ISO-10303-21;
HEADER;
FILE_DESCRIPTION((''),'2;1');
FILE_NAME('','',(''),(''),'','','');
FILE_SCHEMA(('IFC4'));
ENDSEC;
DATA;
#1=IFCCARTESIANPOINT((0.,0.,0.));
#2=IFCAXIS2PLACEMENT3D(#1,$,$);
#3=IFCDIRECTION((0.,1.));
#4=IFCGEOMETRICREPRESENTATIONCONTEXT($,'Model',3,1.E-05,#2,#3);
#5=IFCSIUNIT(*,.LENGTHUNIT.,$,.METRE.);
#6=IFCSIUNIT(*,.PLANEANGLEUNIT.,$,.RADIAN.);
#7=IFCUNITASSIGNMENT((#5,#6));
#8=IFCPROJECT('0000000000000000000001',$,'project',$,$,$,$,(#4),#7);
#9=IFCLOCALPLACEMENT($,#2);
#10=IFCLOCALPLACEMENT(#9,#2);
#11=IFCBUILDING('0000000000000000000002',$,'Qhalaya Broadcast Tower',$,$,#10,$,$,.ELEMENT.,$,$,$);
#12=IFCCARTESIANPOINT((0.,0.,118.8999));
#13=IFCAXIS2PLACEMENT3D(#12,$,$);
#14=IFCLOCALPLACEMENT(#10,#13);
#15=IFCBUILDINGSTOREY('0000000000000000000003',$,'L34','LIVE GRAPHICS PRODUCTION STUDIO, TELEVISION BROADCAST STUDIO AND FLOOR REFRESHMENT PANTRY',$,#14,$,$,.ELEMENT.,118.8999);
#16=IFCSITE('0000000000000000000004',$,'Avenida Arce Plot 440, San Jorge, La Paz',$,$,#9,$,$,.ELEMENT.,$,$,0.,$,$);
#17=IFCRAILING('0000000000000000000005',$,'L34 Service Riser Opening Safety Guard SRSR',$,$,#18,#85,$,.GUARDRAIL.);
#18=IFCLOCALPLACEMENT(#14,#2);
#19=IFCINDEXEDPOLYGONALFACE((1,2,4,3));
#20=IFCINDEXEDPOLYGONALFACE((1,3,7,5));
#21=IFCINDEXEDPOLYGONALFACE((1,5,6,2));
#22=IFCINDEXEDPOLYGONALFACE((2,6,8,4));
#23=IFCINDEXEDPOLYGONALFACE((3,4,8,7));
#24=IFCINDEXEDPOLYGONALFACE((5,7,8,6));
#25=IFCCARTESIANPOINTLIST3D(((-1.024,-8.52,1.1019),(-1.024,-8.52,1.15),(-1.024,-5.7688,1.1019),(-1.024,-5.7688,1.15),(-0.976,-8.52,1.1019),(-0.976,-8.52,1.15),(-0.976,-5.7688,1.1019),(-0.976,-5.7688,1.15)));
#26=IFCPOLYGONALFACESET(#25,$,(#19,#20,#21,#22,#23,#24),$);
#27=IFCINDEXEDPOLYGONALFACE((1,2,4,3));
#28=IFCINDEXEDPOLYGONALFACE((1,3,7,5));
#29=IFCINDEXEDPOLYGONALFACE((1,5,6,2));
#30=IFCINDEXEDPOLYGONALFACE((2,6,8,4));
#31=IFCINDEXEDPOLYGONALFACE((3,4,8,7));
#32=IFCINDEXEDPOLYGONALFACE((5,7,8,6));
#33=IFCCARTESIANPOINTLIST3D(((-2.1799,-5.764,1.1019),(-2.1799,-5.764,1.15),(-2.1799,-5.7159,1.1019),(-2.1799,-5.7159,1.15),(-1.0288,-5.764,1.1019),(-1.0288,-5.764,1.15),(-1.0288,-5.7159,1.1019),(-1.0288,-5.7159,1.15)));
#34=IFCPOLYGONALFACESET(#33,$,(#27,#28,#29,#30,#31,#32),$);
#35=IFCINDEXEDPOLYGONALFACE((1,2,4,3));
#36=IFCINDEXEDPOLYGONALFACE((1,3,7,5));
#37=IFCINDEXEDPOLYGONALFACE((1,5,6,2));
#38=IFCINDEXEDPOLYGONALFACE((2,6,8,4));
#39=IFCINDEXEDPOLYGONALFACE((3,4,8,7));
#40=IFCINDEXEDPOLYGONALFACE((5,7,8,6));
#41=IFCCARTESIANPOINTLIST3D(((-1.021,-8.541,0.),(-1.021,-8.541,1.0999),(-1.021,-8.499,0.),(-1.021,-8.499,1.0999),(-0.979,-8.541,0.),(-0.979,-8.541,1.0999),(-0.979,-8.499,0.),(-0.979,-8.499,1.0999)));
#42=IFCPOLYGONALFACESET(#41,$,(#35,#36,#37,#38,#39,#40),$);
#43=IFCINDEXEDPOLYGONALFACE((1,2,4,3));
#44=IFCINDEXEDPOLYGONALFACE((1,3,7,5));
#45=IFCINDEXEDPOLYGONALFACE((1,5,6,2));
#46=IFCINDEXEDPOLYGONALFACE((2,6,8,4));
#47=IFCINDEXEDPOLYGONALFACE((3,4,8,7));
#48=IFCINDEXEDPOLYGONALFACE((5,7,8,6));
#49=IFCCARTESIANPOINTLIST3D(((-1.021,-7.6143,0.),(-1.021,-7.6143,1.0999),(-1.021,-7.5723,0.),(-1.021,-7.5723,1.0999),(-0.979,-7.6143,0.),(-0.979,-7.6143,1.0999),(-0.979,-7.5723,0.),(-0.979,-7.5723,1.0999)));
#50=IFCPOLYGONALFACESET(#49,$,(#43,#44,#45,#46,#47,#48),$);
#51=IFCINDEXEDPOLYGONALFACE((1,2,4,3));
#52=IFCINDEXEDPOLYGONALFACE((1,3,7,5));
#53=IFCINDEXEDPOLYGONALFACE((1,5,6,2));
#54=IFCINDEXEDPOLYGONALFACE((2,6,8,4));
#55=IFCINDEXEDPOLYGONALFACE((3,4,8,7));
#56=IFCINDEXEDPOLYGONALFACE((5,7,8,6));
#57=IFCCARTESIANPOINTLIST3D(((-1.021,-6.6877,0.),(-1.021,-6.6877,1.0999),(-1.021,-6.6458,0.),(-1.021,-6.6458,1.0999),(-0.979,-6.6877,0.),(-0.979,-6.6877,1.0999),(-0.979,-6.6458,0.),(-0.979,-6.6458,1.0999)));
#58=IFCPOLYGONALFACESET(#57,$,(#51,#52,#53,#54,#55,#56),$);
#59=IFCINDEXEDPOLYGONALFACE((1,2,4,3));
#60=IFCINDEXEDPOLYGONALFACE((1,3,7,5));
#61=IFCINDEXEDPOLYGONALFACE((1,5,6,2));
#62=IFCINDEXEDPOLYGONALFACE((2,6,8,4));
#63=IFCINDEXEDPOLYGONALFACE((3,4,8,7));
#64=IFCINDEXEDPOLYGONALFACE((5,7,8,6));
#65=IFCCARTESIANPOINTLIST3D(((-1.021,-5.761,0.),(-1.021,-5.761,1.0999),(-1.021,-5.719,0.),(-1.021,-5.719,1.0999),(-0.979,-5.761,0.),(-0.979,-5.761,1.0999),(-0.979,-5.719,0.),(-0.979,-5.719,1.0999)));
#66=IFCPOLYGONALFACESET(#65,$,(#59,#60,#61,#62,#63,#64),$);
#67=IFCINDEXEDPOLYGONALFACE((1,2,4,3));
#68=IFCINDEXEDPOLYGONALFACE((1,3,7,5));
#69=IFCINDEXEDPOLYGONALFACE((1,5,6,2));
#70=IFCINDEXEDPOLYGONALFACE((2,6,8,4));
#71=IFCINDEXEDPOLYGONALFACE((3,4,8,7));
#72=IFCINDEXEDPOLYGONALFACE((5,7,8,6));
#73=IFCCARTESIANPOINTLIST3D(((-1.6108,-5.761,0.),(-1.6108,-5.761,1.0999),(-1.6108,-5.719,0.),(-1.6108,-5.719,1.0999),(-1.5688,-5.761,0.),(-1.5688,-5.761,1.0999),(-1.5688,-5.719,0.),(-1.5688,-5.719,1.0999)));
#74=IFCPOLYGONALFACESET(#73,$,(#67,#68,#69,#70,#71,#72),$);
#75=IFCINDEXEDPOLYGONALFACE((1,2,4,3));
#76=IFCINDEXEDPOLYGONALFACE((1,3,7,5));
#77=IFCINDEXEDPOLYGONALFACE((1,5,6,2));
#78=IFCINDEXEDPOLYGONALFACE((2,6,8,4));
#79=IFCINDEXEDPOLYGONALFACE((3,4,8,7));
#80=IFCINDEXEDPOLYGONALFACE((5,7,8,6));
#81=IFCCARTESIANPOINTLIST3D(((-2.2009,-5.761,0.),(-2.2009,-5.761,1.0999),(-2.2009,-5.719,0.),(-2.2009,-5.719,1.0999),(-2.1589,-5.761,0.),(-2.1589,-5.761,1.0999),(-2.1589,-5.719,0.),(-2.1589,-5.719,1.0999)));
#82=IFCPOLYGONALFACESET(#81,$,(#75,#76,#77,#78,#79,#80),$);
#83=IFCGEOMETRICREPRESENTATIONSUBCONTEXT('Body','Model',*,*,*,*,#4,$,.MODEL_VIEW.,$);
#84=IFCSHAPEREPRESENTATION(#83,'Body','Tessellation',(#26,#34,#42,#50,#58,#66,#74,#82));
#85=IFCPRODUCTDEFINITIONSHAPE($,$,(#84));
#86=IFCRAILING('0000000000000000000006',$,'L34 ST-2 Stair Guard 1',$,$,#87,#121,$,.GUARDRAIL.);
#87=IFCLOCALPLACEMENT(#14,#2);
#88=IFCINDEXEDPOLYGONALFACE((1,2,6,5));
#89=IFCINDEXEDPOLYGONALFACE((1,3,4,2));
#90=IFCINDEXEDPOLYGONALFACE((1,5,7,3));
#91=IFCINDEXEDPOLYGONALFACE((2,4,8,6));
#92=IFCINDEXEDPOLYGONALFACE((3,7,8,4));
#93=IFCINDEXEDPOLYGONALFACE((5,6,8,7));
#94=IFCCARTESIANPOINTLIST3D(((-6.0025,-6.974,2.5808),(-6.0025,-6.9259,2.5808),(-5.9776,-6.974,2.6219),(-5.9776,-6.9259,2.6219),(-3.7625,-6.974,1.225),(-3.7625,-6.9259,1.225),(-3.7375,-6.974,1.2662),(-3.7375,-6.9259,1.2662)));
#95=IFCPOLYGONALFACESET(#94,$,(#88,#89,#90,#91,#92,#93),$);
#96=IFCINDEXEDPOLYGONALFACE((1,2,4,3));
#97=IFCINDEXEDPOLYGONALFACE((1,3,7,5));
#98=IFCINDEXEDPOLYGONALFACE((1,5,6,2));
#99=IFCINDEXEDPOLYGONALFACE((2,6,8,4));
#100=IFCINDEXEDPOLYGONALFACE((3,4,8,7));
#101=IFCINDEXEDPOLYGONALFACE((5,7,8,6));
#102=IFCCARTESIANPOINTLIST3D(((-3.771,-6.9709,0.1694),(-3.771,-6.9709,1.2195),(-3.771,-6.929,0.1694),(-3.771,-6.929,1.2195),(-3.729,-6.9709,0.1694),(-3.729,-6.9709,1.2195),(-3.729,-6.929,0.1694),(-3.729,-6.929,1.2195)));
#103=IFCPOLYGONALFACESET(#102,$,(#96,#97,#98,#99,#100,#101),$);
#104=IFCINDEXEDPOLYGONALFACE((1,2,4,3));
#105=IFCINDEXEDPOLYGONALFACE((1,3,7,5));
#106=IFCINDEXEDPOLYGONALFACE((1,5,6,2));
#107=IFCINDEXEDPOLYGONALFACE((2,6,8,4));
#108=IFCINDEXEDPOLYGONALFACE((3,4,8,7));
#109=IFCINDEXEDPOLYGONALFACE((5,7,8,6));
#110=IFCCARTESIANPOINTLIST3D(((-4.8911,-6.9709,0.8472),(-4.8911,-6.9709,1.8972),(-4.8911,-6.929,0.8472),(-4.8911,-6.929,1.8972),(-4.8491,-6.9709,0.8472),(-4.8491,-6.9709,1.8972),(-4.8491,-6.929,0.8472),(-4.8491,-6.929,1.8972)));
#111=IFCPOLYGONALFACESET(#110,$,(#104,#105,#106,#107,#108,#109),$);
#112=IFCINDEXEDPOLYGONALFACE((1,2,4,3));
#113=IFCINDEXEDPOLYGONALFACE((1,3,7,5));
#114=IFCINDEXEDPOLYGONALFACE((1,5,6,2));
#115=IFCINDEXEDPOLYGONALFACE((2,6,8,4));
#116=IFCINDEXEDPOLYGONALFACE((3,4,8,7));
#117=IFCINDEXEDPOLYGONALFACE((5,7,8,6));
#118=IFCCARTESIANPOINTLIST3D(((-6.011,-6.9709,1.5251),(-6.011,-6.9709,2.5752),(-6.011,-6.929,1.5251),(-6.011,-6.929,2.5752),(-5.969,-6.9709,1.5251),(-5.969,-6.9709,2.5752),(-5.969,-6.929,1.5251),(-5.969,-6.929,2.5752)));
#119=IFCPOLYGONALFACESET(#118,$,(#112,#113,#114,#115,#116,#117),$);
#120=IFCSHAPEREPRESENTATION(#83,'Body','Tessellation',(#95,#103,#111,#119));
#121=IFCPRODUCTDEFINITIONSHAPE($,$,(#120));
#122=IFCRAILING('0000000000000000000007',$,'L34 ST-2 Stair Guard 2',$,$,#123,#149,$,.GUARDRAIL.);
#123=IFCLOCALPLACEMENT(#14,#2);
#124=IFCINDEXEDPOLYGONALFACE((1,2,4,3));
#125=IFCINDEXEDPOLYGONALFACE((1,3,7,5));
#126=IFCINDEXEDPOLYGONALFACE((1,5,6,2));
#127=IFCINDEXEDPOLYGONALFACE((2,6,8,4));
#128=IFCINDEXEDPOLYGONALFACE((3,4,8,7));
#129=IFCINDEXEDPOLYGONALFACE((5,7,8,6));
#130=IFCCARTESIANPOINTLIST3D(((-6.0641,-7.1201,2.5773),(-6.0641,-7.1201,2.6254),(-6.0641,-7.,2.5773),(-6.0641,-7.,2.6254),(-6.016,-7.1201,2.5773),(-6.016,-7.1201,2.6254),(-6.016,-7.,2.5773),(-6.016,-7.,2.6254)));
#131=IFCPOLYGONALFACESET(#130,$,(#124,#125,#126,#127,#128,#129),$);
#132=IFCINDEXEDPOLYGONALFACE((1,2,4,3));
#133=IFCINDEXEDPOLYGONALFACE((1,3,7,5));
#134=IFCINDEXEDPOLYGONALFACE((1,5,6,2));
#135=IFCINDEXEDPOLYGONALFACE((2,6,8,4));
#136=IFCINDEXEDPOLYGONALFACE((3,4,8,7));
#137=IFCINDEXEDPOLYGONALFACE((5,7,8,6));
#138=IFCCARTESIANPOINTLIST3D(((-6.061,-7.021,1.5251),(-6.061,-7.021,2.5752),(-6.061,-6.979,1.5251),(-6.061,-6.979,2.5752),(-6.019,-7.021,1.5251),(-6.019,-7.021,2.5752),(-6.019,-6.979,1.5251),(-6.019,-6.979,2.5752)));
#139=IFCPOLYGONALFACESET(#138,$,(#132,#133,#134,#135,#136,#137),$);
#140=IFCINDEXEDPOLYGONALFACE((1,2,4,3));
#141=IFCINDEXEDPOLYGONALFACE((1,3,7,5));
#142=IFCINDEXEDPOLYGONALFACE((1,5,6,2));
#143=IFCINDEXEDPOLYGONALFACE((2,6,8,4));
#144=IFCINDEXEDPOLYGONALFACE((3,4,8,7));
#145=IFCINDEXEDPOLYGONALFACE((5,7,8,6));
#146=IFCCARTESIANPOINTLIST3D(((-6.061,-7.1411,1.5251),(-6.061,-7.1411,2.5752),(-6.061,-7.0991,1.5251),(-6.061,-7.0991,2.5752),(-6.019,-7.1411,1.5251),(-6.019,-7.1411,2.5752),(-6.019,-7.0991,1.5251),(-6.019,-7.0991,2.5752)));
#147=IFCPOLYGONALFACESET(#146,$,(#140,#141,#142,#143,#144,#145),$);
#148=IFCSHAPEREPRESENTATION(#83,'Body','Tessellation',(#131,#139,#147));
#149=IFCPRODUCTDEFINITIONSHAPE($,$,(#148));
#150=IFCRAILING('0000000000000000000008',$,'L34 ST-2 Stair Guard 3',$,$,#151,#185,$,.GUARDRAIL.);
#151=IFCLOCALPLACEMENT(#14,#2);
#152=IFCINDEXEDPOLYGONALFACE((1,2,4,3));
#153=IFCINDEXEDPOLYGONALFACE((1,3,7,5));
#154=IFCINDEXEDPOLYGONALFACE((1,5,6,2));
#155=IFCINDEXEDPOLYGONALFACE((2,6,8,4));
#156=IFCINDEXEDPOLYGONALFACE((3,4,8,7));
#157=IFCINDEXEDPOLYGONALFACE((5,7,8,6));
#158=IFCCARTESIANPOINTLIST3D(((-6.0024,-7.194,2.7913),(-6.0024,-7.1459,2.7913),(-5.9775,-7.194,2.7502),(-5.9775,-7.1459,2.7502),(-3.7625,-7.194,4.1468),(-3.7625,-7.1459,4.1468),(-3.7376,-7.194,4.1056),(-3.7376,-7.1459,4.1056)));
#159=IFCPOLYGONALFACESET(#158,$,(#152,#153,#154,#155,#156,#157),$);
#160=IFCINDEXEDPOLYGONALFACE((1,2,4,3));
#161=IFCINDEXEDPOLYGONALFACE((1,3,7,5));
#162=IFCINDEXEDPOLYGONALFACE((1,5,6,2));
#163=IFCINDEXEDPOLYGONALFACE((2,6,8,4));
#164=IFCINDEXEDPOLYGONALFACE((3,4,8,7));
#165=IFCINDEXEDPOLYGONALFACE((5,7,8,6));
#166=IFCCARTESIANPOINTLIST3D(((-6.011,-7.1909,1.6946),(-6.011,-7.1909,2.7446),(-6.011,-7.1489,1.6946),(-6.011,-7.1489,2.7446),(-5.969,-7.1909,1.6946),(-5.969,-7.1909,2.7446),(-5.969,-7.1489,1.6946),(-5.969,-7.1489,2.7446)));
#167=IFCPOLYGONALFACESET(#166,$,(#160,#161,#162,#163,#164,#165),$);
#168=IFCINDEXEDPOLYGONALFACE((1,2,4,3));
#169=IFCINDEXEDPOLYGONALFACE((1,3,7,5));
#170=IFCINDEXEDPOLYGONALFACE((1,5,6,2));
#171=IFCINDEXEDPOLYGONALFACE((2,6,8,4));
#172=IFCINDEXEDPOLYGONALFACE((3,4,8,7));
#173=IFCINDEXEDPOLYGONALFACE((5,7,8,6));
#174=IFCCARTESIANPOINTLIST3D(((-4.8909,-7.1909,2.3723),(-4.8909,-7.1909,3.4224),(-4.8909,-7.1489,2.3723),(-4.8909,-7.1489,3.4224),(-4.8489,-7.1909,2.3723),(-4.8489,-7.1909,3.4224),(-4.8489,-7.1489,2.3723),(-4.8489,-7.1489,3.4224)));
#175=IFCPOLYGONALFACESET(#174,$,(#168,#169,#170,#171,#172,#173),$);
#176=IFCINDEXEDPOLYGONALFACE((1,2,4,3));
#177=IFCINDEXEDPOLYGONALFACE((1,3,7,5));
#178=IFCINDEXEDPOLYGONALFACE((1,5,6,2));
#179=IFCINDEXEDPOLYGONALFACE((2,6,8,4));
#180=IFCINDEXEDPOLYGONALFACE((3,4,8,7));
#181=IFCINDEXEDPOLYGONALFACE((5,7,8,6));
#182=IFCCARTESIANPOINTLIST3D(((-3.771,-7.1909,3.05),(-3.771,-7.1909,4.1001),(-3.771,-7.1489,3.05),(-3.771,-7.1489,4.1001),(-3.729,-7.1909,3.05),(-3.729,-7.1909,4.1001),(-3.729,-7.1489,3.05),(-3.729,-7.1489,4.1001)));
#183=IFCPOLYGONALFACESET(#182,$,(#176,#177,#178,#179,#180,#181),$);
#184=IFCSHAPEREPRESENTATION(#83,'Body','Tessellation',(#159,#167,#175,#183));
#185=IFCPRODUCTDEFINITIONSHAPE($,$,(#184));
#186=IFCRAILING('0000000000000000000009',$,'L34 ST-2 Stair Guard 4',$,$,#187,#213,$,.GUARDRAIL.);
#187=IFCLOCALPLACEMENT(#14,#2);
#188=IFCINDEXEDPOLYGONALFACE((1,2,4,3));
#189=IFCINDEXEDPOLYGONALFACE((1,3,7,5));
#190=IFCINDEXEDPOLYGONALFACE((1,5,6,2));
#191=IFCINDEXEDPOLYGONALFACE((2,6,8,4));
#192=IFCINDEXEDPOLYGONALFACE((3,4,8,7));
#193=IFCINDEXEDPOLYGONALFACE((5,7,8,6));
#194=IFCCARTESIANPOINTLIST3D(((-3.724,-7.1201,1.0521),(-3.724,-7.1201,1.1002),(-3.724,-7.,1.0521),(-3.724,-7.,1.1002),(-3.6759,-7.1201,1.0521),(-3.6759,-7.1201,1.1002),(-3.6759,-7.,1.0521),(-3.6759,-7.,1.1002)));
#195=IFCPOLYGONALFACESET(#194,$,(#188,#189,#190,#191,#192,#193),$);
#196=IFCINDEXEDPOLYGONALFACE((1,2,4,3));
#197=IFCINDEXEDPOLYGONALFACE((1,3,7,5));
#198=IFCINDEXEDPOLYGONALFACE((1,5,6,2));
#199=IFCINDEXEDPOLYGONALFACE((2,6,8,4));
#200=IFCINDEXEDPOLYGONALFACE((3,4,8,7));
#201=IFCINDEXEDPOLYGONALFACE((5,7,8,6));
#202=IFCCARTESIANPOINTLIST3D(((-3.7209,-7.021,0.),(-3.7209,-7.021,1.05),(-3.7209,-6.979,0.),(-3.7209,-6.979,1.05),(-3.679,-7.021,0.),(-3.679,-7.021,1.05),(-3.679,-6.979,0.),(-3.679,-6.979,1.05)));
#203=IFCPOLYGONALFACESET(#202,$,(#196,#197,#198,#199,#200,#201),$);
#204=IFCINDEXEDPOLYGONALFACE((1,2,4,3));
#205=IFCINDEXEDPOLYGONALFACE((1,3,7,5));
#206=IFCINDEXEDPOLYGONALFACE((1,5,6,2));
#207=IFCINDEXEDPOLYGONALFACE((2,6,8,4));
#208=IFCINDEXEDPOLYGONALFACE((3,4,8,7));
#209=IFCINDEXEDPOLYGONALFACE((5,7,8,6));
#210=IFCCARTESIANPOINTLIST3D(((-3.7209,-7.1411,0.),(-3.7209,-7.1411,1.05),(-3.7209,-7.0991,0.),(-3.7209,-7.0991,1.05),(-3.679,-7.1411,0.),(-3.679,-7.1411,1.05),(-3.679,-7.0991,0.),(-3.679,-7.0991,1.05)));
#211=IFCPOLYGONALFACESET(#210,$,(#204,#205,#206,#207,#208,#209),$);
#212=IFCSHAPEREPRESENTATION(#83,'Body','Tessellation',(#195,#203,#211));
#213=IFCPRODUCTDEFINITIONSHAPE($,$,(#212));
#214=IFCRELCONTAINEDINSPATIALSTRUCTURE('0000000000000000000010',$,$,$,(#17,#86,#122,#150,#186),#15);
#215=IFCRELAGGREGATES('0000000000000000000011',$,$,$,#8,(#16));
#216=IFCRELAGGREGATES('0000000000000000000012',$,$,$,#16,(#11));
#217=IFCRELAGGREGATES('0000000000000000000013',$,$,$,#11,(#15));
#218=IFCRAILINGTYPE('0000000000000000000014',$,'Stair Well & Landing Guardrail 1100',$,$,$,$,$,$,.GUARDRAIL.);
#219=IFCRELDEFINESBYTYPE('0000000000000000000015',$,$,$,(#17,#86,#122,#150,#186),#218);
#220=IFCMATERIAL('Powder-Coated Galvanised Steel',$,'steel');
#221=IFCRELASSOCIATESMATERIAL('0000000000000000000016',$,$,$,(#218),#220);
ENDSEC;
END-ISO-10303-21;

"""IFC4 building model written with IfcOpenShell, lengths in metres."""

from ifc_helpers import new_model, si_unit, direction, frame, origin, origin_2d, place, context, subcontext, project, spatial, rectangle, extrude, material, type_object, element, save


model = new_model("IFC4")

# Units and contexts
model_context = context("Model", 3, precision=1e-05, world=origin(), true_north=direction((0.0, 1.0)))
body_context = subcontext(model_context, "Body", "Model", "MODEL_VIEW")
ifc_project = project(units=[si_unit("LENGTHUNIT", "METRE"), si_unit("PLANEANGLEUNIT", "RADIAN")], contexts=[model_context])

# Site, building, storey
site_placement = place(None, origin())
site = spatial("IfcSite", under=ifc_project, at=site_placement, Name="Avenida Arce Plot 440, San Jorge, La Paz", CompositionType="ELEMENT", RefElevation=0.0)
building_placement = place(site_placement, origin())
building = spatial("IfcBuilding", under=site, at=building_placement, Name="Qhalaya Broadcast Tower", CompositionType="ELEMENT")
storey_placement = place(building_placement, frame((0.0, 0.0, 118.8999)))
storey = spatial("IfcBuildingStorey", under=building, at=storey_placement, Name="L34", Description="LIVE GRAPHICS PRODUCTION STUDIO, TELEVISION BROADCAST STUDIO AND FLOOR REFRESHMENT PANTRY", CompositionType="ELEMENT", Elevation=118.8999)

# Railings
ifc_material_1 = material(Name="Powder-Coated Galvanised Steel", Category="steel")
railing_type_1 = type_object("IfcRailingType", Name="Stair Well & Landing Guardrail 1100", PredefinedType="GUARDRAIL", material=ifc_material_1)
railing_1_placement = place(storey_placement, frame((-1.0, -8.52, 0.0)))
element("IfcRailing", 1, at=railing_1_placement, inside=storey, type_object=railing_type_1, Name="L34 Service Riser Opening Safety Guard SRSR", PredefinedType="GUARDRAIL", context=body_context, shape_type="SweptSolid", body=[
    extrude(rectangle(XDim=0.0481, YDim=0.0481, at=origin_2d()), frame((0.0, 0.0, 1.126), z_axis=(0.0, 1.0, 0.0), x_axis=(-1.0, 0.0, 0.0)), (0.0, 0.0, 1.0), 2.7512),
    extrude(rectangle(XDim=0.0481, YDim=0.0481, at=origin_2d()), frame((-0.0288, 2.78, 1.126), z_axis=(-1.0, 0.0, 0.0), x_axis=(0.0, -1.0, 0.0)), (0.0, 0.0, 1.0), 1.1511),
    extrude(rectangle(XDim=0.042, YDim=0.042, at=origin_2d()), origin(), (0.0, 0.0, 1.0), 1.0999),
    extrude(rectangle(XDim=0.042, YDim=0.042, at=origin_2d()), frame((0.0, 0.9268, 0.0)), (0.0, 0.0, 1.0), 1.0999),
    extrude(rectangle(XDim=0.042, YDim=0.042, at=origin_2d()), frame((0.0, 1.8533, 0.0)), (0.0, 0.0, 1.0), 1.0999),
    extrude(rectangle(XDim=0.042, YDim=0.042, at=origin_2d()), frame((0.0, 2.78, 0.0)), (0.0, 0.0, 1.0), 1.0999),
    extrude(rectangle(XDim=0.042, YDim=0.042, at=origin_2d()), frame((-0.5898, 2.78, 0.0)), (0.0, 0.0, 1.0), 1.0999),
    extrude(rectangle(XDim=0.042, YDim=0.042, at=origin_2d()), frame((-1.1799, 2.78, 0.0)), (0.0, 0.0, 1.0), 1.0999),
])
railing_2_placement = place(storey_placement, frame((-3.75, -6.95, 0.1694)))
element("IfcRailing", 2, at=railing_2_placement, inside=storey, type_object=railing_type_1, Name="L34 ST-2 Stair Guard 1", PredefinedType="GUARDRAIL", context=body_context, shape_type="SweptSolid", body=[
    extrude(rectangle(XDim=0.0481, YDim=0.0481, at=origin_2d()), frame((0.0, 0.0, 1.0762), z_axis=(-0.855512, 0.0, 0.517783), x_axis=(0.0, -1.0, 0.0)), (0.0, 0.0, 1.0), 2.6184),
    extrude(rectangle(XDim=0.042, YDim=0.042, at=origin_2d()), origin(), (0.0, 0.0, 1.0), 1.05),
    extrude(rectangle(XDim=0.042, YDim=0.042, at=origin_2d()), frame((-1.1201, 0.0, 0.6777)), (0.0, 0.0, 1.0), 1.05),
    extrude(rectangle(XDim=0.042, YDim=0.042, at=origin_2d()), frame((-2.24, 0.0, 1.3557)), (0.0, 0.0, 1.0), 1.05),
])
railing_3_placement = place(storey_placement, frame((-6.04, -7.0, 1.5251)))
element("IfcRailing", 3, at=railing_3_placement, inside=storey, type_object=railing_type_1, Name="L34 ST-2 Stair Guard 2", PredefinedType="GUARDRAIL", context=body_context, shape_type="SweptSolid", body=[
    extrude(rectangle(XDim=0.0481, YDim=0.0481, at=origin_2d()), frame((0.0, 0.0, 1.0762), z_axis=(0.0, -1.0, 0.0), x_axis=(1.0, 0.0, 0.0)), (0.0, 0.0, 1.0), 0.1201),
    extrude(rectangle(XDim=0.042, YDim=0.042, at=origin_2d()), origin(), (0.0, 0.0, 1.0), 1.05),
    extrude(rectangle(XDim=0.042, YDim=0.042, at=origin_2d()), frame((0.0, -0.1201, 0.0)), (0.0, 0.0, 1.0), 1.05),
])
railing_4_placement = place(storey_placement, frame((-5.99, -7.1699, 1.6946)))
element("IfcRailing", 4, at=railing_4_placement, inside=storey, type_object=railing_type_1, Name="L34 ST-2 Stair Guard 3", PredefinedType="GUARDRAIL", context=body_context, shape_type="SweptSolid", body=[
    extrude(rectangle(XDim=0.0481, YDim=0.0481, at=origin_2d()), frame((0.0, 0.0, 1.0762), z_axis=(0.855553, 0.0, 0.517715), x_axis=(0.0, 1.0, 0.0)), (0.0, 0.0, 1.0), 2.6182),
    extrude(rectangle(XDim=0.042, YDim=0.042, at=origin_2d()), origin(), (0.0, 0.0, 1.0), 1.05),
    extrude(rectangle(XDim=0.042, YDim=0.042, at=origin_2d()), frame((1.1201, 0.0, 0.6777)), (0.0, 0.0, 1.0), 1.05),
    extrude(rectangle(XDim=0.042, YDim=0.042, at=origin_2d()), frame((2.24, 0.0, 1.3555)), (0.0, 0.0, 1.0), 1.05),
])
railing_5_placement = place(storey_placement, frame((-3.7, -7.0, 0.0)))
element("IfcRailing", 5, at=railing_5_placement, inside=storey, type_object=railing_type_1, Name="L34 ST-2 Stair Guard 4", PredefinedType="GUARDRAIL", context=body_context, shape_type="SweptSolid", body=[
    extrude(rectangle(XDim=0.0481, YDim=0.0481, at=origin_2d()), frame((0.0, 0.0, 1.0762), z_axis=(0.0, -1.0, 0.0), x_axis=(1.0, 0.0, 0.0)), (0.0, 0.0, 1.0), 0.1201),
    extrude(rectangle(XDim=0.042, YDim=0.042, at=origin_2d()), origin(), (0.0, 0.0, 1.0), 1.05),
    extrude(rectangle(XDim=0.042, YDim=0.042, at=origin_2d()), frame((0.0, -0.1201, 0.0)), (0.0, 0.0, 1.0), 1.05),
])

save(model, "model.ifc")
